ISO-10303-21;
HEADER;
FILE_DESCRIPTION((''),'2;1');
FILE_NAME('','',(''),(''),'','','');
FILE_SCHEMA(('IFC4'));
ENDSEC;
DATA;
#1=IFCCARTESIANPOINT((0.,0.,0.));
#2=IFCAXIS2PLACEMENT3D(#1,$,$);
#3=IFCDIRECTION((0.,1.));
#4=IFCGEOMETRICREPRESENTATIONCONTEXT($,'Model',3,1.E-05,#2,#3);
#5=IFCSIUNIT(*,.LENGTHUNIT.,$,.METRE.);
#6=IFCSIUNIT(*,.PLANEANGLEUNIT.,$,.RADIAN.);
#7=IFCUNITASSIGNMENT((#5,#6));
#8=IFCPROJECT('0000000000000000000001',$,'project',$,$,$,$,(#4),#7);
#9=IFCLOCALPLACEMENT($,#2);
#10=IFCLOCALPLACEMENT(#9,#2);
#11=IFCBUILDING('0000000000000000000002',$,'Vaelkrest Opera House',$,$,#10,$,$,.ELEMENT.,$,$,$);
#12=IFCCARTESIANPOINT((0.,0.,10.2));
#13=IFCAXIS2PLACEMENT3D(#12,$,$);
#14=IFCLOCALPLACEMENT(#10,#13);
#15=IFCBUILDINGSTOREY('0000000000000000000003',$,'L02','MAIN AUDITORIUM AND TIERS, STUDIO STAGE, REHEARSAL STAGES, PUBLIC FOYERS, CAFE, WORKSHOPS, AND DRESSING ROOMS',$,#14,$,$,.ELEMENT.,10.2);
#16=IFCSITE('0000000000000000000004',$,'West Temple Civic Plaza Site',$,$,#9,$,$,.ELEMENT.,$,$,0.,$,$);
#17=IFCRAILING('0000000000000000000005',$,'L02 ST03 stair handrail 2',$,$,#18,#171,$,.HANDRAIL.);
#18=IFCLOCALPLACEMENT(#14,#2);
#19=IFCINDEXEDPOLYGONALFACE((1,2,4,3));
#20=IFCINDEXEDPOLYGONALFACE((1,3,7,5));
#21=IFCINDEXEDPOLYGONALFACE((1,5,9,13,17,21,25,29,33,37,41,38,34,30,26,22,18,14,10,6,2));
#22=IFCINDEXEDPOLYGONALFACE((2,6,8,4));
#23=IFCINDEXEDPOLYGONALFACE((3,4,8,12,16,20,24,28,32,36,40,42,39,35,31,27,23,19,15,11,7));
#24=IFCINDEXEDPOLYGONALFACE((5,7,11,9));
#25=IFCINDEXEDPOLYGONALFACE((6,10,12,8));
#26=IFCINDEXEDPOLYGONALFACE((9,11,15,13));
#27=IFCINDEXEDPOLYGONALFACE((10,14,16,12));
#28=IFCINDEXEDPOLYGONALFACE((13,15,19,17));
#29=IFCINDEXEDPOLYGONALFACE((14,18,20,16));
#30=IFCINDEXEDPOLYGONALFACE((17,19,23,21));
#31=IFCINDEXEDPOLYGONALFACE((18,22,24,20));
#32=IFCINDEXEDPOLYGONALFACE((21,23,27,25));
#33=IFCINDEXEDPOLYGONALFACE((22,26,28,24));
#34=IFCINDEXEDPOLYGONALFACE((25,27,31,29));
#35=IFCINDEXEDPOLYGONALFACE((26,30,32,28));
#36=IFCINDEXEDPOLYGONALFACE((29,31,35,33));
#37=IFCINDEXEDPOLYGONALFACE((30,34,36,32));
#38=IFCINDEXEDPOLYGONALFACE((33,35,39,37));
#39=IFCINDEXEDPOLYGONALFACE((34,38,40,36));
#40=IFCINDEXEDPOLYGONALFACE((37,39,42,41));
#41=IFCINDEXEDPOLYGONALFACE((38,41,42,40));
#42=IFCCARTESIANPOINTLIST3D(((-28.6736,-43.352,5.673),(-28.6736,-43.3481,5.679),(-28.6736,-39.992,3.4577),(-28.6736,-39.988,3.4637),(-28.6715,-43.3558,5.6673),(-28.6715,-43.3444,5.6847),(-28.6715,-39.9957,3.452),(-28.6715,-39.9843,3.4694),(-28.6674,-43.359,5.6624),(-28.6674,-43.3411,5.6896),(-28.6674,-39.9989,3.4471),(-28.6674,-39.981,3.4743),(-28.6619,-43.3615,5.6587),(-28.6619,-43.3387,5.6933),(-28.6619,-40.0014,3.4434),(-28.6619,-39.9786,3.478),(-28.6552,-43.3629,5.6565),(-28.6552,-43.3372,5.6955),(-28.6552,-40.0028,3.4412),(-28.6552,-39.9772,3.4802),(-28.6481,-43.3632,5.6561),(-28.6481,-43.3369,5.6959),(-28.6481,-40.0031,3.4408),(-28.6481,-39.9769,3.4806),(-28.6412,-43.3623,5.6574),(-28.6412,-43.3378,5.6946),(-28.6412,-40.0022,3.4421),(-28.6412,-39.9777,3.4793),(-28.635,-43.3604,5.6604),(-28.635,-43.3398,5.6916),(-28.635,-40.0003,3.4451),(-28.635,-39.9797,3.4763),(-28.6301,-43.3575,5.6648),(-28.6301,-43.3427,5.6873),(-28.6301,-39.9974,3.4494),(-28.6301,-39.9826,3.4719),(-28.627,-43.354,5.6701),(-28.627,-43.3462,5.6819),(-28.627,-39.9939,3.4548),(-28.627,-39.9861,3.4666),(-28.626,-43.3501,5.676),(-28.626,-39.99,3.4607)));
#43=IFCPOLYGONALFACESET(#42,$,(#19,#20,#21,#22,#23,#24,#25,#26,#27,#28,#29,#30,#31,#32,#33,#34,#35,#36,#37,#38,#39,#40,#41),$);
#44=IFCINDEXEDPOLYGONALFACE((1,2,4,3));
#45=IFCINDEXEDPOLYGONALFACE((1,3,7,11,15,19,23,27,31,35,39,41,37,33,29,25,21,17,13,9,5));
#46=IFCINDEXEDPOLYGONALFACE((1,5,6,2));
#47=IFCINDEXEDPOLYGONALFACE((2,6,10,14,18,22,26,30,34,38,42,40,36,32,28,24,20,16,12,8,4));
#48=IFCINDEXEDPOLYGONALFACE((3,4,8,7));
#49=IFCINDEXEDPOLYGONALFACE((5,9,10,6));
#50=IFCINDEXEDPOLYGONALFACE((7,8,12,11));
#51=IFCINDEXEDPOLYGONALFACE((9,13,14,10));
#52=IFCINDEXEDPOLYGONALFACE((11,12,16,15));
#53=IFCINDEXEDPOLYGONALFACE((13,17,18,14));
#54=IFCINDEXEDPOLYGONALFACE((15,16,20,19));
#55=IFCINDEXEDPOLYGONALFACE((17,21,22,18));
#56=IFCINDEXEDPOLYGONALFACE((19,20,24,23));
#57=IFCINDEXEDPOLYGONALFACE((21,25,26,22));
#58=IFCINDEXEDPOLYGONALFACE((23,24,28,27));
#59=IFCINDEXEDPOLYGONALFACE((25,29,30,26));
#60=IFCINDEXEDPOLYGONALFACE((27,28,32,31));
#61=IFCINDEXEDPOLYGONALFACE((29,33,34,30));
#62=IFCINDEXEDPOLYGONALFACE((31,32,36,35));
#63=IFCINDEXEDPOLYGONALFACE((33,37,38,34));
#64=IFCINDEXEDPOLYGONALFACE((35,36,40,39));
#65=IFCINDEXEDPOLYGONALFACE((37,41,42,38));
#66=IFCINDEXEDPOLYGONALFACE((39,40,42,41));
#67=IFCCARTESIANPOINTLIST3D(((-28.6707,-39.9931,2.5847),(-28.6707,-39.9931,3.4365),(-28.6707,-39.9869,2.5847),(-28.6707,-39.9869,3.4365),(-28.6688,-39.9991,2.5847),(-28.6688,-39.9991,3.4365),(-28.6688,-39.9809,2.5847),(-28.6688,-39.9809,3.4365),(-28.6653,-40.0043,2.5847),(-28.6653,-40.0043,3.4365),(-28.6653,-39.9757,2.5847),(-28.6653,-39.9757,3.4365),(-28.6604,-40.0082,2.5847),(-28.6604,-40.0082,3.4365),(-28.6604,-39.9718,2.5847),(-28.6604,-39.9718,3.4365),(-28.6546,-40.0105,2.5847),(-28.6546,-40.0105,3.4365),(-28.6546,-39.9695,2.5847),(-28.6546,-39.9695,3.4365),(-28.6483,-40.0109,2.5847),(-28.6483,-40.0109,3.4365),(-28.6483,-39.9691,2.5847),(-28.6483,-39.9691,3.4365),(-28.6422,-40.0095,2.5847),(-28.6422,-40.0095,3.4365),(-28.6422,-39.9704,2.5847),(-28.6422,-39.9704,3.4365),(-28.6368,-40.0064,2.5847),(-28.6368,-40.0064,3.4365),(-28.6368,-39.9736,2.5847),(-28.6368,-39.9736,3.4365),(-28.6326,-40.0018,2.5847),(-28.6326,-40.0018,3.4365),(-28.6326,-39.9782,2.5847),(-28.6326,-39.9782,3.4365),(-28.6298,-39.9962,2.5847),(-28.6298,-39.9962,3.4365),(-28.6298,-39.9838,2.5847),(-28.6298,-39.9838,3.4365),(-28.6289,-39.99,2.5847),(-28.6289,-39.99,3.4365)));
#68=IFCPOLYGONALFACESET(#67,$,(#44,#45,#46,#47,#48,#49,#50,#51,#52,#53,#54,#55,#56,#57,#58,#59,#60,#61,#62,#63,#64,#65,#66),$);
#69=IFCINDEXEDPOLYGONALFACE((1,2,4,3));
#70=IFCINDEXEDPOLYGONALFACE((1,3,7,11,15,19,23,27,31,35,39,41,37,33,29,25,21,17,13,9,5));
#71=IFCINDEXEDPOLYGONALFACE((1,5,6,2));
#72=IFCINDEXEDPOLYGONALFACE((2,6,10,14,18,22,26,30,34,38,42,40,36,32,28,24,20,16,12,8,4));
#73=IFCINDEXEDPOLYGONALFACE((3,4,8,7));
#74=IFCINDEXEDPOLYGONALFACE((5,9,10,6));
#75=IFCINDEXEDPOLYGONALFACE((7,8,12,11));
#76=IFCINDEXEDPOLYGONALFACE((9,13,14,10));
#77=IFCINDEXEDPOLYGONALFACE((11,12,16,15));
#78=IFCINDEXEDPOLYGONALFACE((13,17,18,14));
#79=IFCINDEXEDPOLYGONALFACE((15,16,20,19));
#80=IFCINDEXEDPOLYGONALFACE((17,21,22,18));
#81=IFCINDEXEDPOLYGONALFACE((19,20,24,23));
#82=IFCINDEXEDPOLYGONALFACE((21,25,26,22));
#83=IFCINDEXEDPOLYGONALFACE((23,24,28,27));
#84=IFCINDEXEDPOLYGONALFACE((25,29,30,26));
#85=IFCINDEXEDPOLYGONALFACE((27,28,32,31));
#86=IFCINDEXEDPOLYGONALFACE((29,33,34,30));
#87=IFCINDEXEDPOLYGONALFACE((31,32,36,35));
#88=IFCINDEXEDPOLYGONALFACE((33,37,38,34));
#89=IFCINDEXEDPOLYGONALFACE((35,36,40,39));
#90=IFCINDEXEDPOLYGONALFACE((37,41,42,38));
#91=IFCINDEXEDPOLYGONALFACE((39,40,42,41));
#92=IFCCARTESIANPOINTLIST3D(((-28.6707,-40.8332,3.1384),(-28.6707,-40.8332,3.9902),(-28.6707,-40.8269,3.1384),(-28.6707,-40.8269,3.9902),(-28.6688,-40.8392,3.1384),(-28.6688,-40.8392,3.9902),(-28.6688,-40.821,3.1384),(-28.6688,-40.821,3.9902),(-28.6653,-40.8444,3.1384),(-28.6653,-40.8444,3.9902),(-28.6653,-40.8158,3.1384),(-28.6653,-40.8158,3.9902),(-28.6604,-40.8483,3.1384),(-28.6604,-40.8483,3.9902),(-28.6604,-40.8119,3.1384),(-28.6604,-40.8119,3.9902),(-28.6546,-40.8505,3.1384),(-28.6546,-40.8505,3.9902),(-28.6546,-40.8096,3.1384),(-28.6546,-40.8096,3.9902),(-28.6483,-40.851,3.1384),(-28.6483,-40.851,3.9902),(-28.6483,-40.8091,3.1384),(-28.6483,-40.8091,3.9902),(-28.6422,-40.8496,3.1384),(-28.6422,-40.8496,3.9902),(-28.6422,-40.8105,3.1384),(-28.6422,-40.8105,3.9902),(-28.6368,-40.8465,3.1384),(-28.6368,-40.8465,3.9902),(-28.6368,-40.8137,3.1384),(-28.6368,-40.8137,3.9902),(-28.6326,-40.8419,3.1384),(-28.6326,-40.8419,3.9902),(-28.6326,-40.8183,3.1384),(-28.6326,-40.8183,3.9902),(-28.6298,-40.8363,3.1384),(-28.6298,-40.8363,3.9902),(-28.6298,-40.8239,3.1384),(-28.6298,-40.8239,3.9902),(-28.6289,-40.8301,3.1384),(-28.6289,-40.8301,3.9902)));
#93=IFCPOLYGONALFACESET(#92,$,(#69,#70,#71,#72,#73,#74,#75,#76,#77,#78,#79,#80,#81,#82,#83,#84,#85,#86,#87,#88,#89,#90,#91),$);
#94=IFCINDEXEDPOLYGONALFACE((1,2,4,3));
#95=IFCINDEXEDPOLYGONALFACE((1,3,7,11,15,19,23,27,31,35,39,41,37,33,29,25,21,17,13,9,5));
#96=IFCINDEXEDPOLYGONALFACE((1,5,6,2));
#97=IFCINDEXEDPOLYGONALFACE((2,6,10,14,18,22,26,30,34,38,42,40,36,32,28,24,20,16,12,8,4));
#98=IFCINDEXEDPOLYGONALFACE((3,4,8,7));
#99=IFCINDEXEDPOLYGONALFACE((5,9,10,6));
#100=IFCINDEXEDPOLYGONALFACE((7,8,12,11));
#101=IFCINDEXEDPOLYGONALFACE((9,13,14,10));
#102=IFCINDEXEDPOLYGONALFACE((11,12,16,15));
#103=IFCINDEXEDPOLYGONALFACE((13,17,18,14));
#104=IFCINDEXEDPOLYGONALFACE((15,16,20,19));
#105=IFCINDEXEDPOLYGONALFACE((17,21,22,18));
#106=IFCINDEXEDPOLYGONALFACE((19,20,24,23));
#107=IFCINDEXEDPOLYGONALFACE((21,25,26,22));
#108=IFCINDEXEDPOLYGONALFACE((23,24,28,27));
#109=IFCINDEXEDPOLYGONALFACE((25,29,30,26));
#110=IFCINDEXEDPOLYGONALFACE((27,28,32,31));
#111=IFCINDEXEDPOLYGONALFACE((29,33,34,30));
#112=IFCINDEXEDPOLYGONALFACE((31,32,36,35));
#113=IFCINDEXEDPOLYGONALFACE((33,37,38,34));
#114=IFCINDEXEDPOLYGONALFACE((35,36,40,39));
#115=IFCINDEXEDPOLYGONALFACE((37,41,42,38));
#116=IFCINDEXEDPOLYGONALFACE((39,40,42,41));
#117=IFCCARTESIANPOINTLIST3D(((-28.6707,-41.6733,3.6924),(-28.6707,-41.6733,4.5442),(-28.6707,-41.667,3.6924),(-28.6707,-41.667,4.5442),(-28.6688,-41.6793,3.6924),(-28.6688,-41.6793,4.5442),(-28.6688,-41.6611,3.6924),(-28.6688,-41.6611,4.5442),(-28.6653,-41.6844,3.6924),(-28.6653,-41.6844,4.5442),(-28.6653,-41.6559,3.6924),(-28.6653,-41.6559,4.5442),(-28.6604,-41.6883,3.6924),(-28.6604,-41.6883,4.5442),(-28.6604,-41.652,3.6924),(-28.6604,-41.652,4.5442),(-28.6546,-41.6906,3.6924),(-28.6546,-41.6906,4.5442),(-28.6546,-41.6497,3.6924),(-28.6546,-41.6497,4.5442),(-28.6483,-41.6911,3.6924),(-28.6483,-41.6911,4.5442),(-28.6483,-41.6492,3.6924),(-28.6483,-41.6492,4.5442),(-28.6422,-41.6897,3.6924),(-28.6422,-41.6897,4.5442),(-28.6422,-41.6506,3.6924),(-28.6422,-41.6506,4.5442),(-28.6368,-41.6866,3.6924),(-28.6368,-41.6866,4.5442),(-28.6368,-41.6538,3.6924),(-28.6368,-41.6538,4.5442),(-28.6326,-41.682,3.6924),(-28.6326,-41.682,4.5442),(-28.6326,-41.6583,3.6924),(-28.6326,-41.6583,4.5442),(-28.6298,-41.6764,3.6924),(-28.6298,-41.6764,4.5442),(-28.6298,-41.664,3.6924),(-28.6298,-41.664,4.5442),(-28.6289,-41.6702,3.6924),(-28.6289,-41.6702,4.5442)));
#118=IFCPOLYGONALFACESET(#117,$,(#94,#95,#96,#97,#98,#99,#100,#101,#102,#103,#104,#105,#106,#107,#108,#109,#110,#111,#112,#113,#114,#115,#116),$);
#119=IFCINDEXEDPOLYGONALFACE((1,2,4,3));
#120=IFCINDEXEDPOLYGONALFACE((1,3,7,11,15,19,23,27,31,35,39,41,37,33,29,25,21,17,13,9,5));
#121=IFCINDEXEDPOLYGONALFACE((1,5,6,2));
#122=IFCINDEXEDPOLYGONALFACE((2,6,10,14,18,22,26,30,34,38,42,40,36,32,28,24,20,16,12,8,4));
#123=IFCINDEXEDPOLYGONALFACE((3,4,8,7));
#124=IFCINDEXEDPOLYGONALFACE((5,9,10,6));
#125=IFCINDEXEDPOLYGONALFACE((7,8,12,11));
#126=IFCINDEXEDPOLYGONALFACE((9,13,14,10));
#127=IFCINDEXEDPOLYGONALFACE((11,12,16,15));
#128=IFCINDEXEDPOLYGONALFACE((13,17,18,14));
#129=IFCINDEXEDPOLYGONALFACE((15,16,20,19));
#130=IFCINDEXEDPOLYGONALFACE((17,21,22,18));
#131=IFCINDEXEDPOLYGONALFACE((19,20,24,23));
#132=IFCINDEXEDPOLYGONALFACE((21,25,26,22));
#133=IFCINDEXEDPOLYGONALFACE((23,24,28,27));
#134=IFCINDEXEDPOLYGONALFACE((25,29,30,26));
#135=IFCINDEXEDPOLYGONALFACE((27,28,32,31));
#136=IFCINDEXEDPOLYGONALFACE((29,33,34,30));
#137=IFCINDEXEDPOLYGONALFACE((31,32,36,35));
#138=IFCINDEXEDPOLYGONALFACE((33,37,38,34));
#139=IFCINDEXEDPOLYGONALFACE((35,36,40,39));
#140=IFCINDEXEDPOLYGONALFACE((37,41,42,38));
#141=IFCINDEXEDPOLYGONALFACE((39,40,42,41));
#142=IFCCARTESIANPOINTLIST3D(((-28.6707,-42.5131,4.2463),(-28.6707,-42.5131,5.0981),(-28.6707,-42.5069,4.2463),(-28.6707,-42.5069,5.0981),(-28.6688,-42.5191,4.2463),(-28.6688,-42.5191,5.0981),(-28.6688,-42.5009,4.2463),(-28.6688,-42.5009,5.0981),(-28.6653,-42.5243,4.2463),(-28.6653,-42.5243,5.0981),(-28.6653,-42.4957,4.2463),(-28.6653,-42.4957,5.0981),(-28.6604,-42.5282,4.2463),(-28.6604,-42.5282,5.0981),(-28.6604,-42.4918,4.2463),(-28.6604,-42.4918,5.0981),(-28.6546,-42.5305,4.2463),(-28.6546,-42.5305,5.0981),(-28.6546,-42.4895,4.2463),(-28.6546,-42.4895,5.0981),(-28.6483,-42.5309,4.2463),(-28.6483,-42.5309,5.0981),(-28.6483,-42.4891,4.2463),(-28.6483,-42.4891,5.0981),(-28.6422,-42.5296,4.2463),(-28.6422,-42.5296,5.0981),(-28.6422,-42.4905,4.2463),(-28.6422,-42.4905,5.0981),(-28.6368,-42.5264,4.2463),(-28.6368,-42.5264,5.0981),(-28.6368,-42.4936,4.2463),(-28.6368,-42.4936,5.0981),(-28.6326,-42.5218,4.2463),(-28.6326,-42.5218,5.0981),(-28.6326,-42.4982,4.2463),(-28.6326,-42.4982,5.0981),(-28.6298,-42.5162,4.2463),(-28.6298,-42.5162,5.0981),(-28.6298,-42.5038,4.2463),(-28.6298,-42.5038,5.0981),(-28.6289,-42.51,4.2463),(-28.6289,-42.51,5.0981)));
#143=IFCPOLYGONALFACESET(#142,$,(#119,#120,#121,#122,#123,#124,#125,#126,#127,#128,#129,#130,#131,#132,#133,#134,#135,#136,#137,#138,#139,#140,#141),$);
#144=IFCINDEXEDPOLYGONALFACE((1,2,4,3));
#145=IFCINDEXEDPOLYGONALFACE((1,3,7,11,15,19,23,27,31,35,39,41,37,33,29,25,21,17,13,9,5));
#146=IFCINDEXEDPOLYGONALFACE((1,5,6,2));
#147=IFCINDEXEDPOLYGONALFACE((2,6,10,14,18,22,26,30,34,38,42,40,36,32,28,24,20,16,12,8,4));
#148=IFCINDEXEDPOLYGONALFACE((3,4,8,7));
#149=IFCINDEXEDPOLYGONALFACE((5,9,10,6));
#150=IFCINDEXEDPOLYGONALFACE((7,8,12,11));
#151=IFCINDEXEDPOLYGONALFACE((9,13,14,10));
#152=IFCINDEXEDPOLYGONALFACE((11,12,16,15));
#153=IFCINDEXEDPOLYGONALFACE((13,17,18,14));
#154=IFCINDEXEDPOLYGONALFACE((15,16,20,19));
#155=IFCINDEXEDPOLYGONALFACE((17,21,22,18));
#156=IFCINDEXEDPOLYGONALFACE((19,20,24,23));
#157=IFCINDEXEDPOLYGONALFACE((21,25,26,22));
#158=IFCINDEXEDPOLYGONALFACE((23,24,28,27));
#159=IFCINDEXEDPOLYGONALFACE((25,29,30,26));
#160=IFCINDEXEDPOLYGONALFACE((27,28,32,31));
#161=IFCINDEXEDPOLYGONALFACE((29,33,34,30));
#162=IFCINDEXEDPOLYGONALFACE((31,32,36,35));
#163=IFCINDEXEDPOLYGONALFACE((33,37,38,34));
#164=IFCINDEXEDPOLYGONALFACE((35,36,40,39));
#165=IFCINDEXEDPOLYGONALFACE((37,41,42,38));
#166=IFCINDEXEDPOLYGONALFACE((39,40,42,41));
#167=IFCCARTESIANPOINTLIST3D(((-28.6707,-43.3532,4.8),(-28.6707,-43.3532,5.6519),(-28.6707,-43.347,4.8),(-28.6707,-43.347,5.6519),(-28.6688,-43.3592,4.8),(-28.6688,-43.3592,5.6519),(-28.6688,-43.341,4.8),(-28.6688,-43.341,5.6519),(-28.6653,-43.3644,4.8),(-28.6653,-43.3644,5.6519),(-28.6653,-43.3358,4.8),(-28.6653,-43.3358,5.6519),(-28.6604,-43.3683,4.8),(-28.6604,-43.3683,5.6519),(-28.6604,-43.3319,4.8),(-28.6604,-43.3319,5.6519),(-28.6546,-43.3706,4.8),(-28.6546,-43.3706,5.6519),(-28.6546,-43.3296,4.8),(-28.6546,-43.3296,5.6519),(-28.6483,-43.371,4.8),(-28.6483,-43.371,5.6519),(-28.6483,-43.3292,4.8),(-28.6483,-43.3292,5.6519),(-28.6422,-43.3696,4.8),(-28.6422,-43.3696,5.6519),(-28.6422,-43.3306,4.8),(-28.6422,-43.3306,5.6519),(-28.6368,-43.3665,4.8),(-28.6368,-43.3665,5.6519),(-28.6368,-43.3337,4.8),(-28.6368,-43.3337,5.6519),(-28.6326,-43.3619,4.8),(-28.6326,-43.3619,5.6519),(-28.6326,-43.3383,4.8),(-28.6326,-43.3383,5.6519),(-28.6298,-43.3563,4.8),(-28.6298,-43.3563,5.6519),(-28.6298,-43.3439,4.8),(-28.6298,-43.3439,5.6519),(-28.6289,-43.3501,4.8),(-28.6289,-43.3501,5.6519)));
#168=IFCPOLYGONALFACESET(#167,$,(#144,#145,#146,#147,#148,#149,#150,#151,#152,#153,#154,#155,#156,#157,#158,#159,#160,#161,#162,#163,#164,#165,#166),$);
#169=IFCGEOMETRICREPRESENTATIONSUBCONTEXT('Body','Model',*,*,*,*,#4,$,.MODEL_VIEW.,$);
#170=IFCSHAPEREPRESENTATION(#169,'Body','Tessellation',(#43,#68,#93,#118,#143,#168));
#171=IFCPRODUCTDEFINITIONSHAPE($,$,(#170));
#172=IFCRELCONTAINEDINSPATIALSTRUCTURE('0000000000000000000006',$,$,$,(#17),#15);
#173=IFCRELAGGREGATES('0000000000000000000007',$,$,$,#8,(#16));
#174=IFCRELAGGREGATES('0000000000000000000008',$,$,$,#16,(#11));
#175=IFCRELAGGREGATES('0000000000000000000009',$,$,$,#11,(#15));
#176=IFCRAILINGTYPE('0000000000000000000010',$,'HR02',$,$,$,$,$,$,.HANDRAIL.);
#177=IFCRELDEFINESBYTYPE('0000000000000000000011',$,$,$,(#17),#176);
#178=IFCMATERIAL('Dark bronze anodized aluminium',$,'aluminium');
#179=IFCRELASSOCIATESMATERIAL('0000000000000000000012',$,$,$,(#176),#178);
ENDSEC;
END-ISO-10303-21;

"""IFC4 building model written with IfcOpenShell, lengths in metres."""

from ifc_helpers import new_model, si_unit, direction, frame, origin, origin_2d, place, context, subcontext, project, spatial, circle, extrude, material, type_object, element, save


model = new_model("IFC4")

# Units and contexts
model_context = context("Model", 3, precision=1e-05, world=origin(), true_north=direction((0.0, 1.0)))
body_context = subcontext(model_context, "Body", "Model", "MODEL_VIEW")
ifc_project = project(units=[si_unit("LENGTHUNIT", "METRE"), si_unit("PLANEANGLEUNIT", "RADIAN")], contexts=[model_context])

# Site, building, storey
site_placement = place(None, origin())
site = spatial("IfcSite", under=ifc_project, at=site_placement, Name="West Temple Civic Plaza Site", CompositionType="ELEMENT", RefElevation=0.0)
building_placement = place(site_placement, origin())
building = spatial("IfcBuilding", under=site, at=building_placement, Name="Vaelkrest Opera House", CompositionType="ELEMENT")
storey_placement = place(building_placement, frame((0.0, 0.0, 10.2)))
storey = spatial("IfcBuildingStorey", under=building, at=storey_placement, Name="L02", Description="MAIN AUDITORIUM AND TIERS, STUDIO STAGE, REHEARSAL STAGES, PUBLIC FOYERS, CAFE, WORKSHOPS, AND DRESSING ROOMS", CompositionType="ELEMENT", Elevation=10.2)

# Shared definitions
ifc_material_1 = material(Name="Dark bronze anodized aluminium", Category="aluminium")

# Railing
railing_type_1 = type_object("IfcRailingType", Name="HR02", PredefinedType="HANDRAIL", material=ifc_material_1)
railing_1_placement = place(storey_placement, frame((-28.6499, -39.99, 2.5847)))
element("IfcRailing", 1, at=railing_1_placement, inside=storey, type_object=railing_type_1, Name="L02 ST03 stair handrail 2", PredefinedType="HANDRAIL", context=body_context, shape_type="SweptSolid", body=[
    extrude(circle(Radius=0.0239, at=origin_2d()), frame((0.0, 0.0, 0.876), z_axis=(0.0, -0.834876, 0.550437), x_axis=(1.0, 0.0, 0.0)), (0.0, 0.0, 1.0), 4.0247),
    extrude(circle(Radius=0.021, at=origin_2d()), origin(), (0.0, 0.0, 1.0), 0.8518),
    extrude(circle(Radius=0.021, at=origin_2d()), frame((0.0, -0.8401, 0.5537)), (0.0, 0.0, 1.0), 0.8518),
    extrude(circle(Radius=0.021, at=origin_2d()), frame((0.0, -1.6802, 1.1077)), (0.0, 0.0, 1.0), 0.8518),
    extrude(circle(Radius=0.021, at=origin_2d()), frame((0.0, -2.52, 1.6616)), (0.0, 0.0, 1.0), 0.8518),
    extrude(circle(Radius=0.021, at=origin_2d()), frame((0.0, -3.3601, 2.2153)), (0.0, 0.0, 1.0), 0.8518),
])

save(model, "model.ifc")
